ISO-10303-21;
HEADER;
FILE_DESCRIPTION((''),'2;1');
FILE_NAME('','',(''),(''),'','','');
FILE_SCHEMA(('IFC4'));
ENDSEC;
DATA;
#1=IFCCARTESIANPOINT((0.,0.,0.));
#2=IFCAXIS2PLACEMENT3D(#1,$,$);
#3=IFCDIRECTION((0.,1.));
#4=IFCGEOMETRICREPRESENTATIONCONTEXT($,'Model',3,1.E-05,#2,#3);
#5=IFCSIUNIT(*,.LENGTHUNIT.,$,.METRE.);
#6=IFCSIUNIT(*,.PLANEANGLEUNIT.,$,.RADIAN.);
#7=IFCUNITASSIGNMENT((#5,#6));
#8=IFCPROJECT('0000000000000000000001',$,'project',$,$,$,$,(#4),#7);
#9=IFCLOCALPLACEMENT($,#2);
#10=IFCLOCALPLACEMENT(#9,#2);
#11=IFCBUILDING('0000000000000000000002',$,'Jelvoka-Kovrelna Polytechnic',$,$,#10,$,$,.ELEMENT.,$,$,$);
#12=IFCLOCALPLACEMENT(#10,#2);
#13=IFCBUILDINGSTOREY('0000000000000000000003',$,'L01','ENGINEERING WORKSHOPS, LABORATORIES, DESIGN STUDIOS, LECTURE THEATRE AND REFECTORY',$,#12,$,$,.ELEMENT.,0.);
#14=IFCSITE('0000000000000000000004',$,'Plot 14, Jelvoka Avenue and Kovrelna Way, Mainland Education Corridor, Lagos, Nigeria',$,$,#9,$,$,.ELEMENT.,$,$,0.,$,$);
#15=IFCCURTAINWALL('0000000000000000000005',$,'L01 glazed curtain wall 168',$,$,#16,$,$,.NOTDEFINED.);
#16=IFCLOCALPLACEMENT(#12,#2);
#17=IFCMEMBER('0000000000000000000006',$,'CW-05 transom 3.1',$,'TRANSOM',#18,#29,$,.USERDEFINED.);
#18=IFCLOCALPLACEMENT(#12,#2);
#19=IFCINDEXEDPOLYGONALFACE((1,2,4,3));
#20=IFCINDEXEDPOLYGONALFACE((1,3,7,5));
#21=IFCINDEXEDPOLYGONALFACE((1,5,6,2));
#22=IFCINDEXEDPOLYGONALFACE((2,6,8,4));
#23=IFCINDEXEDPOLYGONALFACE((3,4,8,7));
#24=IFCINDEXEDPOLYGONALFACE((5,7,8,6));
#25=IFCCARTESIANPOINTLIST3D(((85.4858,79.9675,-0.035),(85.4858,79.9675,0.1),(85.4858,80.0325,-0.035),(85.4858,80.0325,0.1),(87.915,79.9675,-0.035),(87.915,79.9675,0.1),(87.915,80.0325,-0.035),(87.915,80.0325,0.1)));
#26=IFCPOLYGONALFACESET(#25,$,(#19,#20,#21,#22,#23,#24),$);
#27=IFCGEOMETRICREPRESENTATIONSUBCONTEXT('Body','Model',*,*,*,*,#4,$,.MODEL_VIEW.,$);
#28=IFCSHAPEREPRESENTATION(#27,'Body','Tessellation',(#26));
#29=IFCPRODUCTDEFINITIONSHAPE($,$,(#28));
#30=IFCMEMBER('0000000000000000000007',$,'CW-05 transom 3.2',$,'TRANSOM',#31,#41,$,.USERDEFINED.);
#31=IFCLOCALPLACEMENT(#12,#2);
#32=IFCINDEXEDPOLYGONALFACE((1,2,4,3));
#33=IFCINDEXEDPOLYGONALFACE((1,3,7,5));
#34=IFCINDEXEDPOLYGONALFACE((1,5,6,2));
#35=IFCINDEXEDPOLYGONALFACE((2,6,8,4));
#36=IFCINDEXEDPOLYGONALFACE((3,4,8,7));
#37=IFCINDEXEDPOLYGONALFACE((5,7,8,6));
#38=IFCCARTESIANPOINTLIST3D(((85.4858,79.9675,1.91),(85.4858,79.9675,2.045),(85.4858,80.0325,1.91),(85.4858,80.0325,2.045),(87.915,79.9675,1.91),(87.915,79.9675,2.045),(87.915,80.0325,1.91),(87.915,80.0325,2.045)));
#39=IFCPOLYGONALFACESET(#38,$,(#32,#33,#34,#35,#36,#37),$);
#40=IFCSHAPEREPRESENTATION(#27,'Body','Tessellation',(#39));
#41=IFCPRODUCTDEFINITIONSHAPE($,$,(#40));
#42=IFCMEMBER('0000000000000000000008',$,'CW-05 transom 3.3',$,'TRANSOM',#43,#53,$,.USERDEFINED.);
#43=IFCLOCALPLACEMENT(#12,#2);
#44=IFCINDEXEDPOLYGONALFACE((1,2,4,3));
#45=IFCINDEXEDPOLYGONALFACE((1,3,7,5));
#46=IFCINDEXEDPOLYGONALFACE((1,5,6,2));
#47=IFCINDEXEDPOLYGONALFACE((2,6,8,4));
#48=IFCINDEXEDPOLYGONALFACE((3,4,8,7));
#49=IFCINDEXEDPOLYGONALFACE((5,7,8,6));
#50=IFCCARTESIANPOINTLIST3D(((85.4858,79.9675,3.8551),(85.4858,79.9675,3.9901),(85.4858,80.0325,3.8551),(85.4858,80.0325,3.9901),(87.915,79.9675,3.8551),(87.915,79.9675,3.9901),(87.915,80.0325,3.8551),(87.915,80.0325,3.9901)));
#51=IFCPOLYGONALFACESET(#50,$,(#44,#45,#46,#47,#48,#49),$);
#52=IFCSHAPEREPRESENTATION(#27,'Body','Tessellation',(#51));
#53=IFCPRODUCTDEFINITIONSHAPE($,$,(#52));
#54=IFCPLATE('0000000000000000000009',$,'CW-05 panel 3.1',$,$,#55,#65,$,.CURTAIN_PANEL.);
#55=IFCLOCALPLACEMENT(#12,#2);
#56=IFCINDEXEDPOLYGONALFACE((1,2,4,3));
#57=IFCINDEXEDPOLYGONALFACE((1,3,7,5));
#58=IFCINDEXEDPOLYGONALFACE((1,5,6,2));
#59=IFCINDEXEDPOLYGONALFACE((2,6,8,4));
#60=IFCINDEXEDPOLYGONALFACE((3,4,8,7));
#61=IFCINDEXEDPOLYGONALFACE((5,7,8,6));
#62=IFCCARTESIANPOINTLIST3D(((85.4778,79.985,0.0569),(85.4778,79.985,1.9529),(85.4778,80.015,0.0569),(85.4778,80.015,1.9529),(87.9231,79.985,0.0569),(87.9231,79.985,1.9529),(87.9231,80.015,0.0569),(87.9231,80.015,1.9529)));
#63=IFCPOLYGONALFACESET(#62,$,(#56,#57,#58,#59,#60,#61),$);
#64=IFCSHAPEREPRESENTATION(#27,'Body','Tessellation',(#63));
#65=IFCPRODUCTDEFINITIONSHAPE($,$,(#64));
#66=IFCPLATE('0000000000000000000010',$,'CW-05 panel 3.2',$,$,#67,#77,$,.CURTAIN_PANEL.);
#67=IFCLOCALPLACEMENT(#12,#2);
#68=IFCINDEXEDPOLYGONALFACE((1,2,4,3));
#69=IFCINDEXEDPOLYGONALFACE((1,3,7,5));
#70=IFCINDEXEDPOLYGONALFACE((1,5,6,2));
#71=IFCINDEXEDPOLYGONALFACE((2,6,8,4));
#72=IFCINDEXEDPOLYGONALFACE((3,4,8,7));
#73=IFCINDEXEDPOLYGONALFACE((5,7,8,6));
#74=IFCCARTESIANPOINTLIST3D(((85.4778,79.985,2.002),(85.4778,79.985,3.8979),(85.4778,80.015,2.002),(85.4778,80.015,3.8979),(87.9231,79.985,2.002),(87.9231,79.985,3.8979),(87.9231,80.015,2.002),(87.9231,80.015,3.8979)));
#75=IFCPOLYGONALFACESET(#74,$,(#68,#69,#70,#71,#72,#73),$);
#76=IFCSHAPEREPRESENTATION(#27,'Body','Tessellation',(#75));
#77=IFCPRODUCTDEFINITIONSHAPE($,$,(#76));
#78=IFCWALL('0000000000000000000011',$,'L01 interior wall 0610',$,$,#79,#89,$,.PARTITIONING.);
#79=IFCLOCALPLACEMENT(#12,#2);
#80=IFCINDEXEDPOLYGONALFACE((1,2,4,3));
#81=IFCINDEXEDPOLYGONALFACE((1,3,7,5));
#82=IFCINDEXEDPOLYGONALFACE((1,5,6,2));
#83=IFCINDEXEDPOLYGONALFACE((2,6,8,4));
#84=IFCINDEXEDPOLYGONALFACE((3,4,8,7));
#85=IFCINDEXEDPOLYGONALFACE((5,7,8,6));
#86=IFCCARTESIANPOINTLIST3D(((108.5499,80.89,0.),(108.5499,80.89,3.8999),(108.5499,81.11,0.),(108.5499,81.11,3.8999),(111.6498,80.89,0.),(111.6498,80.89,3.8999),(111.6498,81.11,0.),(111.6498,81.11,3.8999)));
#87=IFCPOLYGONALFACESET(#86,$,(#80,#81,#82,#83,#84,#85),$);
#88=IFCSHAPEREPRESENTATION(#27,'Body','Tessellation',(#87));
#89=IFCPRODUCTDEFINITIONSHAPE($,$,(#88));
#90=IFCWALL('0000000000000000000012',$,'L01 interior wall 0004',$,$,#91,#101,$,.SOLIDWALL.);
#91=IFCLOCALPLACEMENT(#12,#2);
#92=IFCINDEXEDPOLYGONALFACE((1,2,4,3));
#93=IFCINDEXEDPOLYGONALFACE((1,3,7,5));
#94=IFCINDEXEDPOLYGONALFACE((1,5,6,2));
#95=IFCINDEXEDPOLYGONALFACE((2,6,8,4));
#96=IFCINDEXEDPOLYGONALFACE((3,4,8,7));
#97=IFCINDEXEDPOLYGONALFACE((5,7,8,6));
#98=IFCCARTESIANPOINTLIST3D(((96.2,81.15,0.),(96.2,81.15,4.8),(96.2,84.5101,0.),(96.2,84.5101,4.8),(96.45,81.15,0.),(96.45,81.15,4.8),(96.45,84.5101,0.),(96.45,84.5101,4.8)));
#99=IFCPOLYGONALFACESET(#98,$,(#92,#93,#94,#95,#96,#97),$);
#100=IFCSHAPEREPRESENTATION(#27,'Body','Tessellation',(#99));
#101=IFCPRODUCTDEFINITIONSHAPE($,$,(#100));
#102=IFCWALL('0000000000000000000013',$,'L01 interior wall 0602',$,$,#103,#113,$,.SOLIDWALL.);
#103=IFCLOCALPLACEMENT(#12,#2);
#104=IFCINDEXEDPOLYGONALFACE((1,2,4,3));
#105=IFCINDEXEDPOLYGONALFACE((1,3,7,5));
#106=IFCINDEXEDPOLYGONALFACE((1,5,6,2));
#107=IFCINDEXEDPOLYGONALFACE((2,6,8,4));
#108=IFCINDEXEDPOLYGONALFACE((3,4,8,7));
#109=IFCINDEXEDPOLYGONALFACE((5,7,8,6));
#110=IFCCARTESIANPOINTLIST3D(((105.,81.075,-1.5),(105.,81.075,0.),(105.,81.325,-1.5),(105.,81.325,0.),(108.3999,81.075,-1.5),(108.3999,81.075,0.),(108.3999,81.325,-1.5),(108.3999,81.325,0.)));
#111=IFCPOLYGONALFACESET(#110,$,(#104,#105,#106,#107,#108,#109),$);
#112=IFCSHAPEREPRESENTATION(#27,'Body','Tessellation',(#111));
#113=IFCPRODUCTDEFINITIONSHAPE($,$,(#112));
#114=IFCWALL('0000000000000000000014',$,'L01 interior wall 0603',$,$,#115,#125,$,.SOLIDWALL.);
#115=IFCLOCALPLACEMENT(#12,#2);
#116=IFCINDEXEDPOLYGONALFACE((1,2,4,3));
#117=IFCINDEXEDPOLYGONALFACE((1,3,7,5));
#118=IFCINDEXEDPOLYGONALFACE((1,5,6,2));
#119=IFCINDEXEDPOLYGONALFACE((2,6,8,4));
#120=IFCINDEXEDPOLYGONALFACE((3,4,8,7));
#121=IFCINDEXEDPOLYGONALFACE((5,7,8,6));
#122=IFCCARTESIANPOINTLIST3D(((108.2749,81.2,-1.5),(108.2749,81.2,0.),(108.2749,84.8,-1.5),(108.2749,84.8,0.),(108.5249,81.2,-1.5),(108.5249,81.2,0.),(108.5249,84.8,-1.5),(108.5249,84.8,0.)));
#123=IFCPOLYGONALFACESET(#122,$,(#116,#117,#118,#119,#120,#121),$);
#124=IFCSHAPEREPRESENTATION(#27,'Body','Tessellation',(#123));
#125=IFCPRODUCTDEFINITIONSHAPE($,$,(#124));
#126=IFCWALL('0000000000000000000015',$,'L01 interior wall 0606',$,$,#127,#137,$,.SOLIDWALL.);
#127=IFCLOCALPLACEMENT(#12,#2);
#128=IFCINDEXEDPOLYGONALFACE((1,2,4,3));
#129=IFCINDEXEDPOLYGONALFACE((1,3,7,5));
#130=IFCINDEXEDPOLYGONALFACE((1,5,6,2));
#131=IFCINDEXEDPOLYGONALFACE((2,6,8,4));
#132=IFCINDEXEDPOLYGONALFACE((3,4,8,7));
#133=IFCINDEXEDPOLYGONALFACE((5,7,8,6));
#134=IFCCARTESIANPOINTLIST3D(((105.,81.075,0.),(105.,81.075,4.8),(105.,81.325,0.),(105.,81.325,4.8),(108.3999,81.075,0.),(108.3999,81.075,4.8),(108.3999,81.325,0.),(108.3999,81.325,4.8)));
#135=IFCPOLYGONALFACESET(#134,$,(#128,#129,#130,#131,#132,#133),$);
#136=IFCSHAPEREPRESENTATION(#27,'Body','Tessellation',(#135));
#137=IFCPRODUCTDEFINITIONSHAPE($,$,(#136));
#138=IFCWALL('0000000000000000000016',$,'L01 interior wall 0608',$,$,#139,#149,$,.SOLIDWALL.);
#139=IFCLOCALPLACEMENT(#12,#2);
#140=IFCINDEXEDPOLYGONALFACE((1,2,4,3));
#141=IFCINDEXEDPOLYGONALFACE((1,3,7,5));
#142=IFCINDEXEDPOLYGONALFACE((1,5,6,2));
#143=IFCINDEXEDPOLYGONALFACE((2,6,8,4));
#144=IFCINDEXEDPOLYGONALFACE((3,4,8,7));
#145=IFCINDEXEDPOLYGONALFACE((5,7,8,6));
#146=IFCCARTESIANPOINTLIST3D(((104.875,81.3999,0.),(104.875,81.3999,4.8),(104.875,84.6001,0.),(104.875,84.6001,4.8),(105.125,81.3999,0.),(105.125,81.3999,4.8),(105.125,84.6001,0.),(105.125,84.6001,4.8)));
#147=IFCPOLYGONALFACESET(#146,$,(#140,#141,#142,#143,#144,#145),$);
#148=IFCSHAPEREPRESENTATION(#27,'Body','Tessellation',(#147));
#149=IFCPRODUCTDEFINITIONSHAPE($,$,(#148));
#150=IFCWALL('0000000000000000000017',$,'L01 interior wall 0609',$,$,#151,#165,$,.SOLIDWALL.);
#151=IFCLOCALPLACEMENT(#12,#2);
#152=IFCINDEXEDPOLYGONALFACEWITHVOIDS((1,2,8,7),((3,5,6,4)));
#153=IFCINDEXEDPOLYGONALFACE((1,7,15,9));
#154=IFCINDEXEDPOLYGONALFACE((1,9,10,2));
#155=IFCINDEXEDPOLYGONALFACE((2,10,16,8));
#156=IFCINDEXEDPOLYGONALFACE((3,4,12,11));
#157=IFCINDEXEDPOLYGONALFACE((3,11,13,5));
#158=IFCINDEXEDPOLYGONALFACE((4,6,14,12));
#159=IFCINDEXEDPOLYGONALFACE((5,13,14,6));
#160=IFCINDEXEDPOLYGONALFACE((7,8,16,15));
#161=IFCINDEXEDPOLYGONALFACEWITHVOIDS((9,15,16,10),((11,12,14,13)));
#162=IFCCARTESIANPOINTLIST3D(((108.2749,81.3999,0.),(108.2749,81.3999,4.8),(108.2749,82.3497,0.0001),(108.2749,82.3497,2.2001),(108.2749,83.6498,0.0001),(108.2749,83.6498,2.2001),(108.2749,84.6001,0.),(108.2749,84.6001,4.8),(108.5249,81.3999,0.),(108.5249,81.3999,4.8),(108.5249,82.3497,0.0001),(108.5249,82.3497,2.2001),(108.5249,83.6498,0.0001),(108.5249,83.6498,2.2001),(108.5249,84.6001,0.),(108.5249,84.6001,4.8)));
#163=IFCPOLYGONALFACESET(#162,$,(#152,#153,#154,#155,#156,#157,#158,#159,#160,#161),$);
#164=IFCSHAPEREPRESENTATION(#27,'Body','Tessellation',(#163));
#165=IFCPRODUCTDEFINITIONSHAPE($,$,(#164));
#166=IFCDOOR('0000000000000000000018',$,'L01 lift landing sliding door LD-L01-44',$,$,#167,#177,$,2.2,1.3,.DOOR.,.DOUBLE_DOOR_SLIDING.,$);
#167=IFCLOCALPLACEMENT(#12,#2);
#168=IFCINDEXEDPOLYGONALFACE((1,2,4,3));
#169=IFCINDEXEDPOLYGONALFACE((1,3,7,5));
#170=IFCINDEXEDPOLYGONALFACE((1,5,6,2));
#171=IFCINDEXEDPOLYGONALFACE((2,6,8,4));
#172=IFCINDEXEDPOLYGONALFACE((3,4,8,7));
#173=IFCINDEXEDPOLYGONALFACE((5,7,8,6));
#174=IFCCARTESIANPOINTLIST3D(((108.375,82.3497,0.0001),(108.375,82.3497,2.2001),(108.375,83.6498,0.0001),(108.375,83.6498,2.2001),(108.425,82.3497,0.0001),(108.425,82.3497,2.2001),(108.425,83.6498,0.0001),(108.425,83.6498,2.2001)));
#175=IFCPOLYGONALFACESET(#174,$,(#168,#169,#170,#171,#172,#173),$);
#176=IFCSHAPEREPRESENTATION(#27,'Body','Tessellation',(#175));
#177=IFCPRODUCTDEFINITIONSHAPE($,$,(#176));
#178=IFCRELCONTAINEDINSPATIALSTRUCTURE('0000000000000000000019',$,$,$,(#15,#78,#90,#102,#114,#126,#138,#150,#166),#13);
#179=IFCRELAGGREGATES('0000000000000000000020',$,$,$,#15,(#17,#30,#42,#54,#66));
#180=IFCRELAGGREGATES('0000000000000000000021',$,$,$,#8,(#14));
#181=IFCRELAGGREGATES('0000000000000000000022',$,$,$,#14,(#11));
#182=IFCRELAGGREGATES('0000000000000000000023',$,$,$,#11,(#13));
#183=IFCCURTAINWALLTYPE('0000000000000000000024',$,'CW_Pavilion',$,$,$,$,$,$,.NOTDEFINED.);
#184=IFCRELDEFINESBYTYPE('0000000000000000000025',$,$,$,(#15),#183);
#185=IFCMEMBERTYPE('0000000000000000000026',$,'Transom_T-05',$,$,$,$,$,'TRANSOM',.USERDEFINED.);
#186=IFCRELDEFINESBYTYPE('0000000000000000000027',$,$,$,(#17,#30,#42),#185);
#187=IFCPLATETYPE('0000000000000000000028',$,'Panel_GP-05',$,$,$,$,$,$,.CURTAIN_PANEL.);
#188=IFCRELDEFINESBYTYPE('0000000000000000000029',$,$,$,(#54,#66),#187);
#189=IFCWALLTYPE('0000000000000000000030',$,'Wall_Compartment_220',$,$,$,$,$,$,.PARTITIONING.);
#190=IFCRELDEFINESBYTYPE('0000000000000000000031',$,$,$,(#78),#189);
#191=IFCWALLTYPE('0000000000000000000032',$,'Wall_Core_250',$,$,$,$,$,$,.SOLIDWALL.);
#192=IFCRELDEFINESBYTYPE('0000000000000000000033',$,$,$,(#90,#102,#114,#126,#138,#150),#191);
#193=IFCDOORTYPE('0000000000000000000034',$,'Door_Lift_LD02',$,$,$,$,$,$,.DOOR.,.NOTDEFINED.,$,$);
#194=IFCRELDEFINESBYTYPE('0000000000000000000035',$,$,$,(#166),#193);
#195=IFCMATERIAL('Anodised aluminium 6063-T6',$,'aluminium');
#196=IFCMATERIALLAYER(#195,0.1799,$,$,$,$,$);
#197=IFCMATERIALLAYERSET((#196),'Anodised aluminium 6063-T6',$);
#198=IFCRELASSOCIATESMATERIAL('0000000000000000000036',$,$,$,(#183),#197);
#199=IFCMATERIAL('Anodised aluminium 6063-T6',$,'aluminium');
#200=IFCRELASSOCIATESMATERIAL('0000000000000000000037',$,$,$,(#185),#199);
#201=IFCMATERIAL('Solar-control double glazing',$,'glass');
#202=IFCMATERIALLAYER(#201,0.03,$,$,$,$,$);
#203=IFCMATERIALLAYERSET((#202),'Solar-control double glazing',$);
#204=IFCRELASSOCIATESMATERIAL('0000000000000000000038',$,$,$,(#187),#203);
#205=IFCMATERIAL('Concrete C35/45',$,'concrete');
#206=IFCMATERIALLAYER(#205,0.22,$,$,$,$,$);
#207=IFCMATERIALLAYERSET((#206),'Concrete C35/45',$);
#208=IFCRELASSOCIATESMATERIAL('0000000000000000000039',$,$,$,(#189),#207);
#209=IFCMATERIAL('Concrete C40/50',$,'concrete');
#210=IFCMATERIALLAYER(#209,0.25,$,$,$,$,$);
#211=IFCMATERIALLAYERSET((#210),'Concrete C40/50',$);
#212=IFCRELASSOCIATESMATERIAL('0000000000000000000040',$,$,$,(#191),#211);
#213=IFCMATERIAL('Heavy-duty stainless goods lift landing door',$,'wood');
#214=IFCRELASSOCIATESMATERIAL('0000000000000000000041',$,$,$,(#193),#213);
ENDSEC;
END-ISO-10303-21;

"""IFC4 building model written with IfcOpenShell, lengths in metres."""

from ifc_helpers import new_model, si_unit, direction, frame, frame_2d, origin, origin_2d, place, context, subcontext, project, spatial, rectangle, extrude, material, layer, layer_set, material_profile, profile_set, type_object, element, fill, aggregate, save


model = new_model("IFC4")

# Units and contexts
model_context = context("Model", 3, precision=1e-05, world=origin(), true_north=direction((0.0, 1.0)))
body_context = subcontext(model_context, "Body", "Model", "MODEL_VIEW")
ifc_project = project(units=[si_unit("LENGTHUNIT", "METRE"), si_unit("PLANEANGLEUNIT", "RADIAN")], contexts=[model_context])

# Site, building, storey
site_placement = place(None, origin())
site = spatial("IfcSite", under=ifc_project, at=site_placement, Name="Plot 14, Jelvoka Avenue and Kovrelna Way, Mainland Education Corridor, Lagos, Nigeria", CompositionType="ELEMENT", RefElevation=0.0)
building_placement = place(site_placement, origin())
building = spatial("IfcBuilding", under=site, at=building_placement, Name="Jelvoka-Kovrelna Polytechnic", CompositionType="ELEMENT")
storey_placement = place(building_placement, origin())
storey = spatial("IfcBuildingStorey", under=building, at=storey_placement, Name="L01", Description="ENGINEERING WORKSHOPS, LABORATORIES, DESIGN STUDIOS, LECTURE THEATRE AND REFECTORY", CompositionType="ELEMENT", Elevation=0.0)

# Curtain wall, members, plates
ifc_material_1 = material(Name="Anodised aluminium 6063-T6", Category="aluminium")
ifc_layer_1 = layer(ifc_material_1, 0.1799)
ifc_layer_set_1 = layer_set([ifc_layer_1], Name="Anodised aluminium 6063-T6")
curtain_wall_type = type_object("IfcCurtainWallType", Name="CW_Pavilion", PredefinedType="NOTDEFINED", material=ifc_layer_set_1)
curtain_wall_placement = place(storey_placement, origin())
curtain_wall = element("IfcCurtainWall", 1, at=curtain_wall_placement, inside=storey, type_object=curtain_wall_type, Name="L01 glazed curtain wall 168", PredefinedType="NOTDEFINED")
ifc_material_2 = material(Name="Anodised aluminium 6063-T6", Category="aluminium")
ifc_material_profile_1 = material_profile(ifc_material_2, rectangle(XDim=0.0649, YDim=0.135, at=origin_2d()), Name="ALU 65x135")
ifc_profile_set_1 = profile_set([ifc_material_profile_1], Name="Anodised aluminium 6063-T6")
member_type_1 = type_object("IfcMemberType", Name="Transom_T-05", ElementType="TRANSOM", PredefinedType="USERDEFINED", material=ifc_profile_set_1)
member_1_placement = place(storey_placement, frame((85.4858, 80.0, 0.0325), z_axis=(1.0, 0.0, 0.0), x_axis=(0.0, 1.0, 0.0)))
member_1 = element("IfcMember", 2, at=member_1_placement, type_object=member_type_1, Name="CW-05 transom 3.1", ObjectType="TRANSOM", PredefinedType="USERDEFINED", context=body_context, shape_type="SweptSolid", body=[
    extrude(rectangle(XDim=0.0649, YDim=0.135, at=origin_2d()), origin(), (0.0, 0.0, 1.0), 2.4292),
])
member_2_placement = place(storey_placement, frame((85.4858, 80.0, 1.9775), z_axis=(1.0, 0.0, 0.0), x_axis=(0.0, 1.0, 0.0)))
member_2 = element("IfcMember", 3, at=member_2_placement, type_object=member_type_1, Name="CW-05 transom 3.2", ObjectType="TRANSOM", PredefinedType="USERDEFINED", context=body_context, shape_type="SweptSolid", body=[
    extrude(rectangle(XDim=0.0649, YDim=0.135, at=origin_2d()), origin(), (0.0, 0.0, 1.0), 2.4292),
])
member_3_placement = place(storey_placement, frame((85.4858, 80.0, 3.9226), z_axis=(1.0, 0.0, 0.0), x_axis=(0.0, 1.0, 0.0)))
member_3 = element("IfcMember", 4, at=member_3_placement, type_object=member_type_1, Name="CW-05 transom 3.3", ObjectType="TRANSOM", PredefinedType="USERDEFINED", context=body_context, shape_type="SweptSolid", body=[
    extrude(rectangle(XDim=0.0649, YDim=0.135, at=origin_2d()), origin(), (0.0, 0.0, 1.0), 2.4292),
])
ifc_material_3 = material(Name="Solar-control double glazing", Category="glass")
ifc_layer_2 = layer(ifc_material_3, 0.03)
ifc_layer_set_2 = layer_set([ifc_layer_2], Name="Solar-control double glazing")
plate_type = type_object("IfcPlateType", Name="Panel_GP-05", PredefinedType="CURTAIN_PANEL", material=ifc_layer_set_2)
plate_1_placement = place(storey_placement, frame((86.7004, 80.0, 0.0569), z_axis=(0.0, 0.0, 1.0), x_axis=(1.0, 0.0, 0.0)))
plate_1 = element("IfcPlate", 5, at=plate_1_placement, type_object=plate_type, Name="CW-05 panel 3.1", PredefinedType="CURTAIN_PANEL", context=body_context, shape_type="SweptSolid", body=[
    extrude(rectangle(XDim=2.4453, YDim=0.03, at=origin_2d()), origin(), (0.0, 0.0, 1.0), 1.896),
])
plate_2_placement = place(storey_placement, frame((86.7004, 80.0, 2.002), z_axis=(0.0, 0.0, 1.0), x_axis=(1.0, 0.0, 0.0)))
plate_2 = element("IfcPlate", 6, at=plate_2_placement, type_object=plate_type, Name="CW-05 panel 3.2", PredefinedType="CURTAIN_PANEL", context=body_context, shape_type="SweptSolid", body=[
    extrude(rectangle(XDim=2.4453, YDim=0.03, at=origin_2d()), origin(), (0.0, 0.0, 1.0), 1.896),
])
aggregate(curtain_wall, [member_1, member_2, member_3, plate_1, plate_2])

# Walls
ifc_material_4 = material(Name="Concrete C35/45", Category="concrete")
ifc_layer_3 = layer(ifc_material_4, 0.22)
ifc_layer_set_3 = layer_set([ifc_layer_3], Name="Concrete C35/45")
wall_type_1 = type_object("IfcWallType", Name="Wall_Compartment_220", PredefinedType="PARTITIONING", material=ifc_layer_set_3)
wall_1_placement = place(storey_placement, frame((108.55, 81.0, 0.0), z_axis=(0.0, 0.0, 1.0), x_axis=(1.0, 0.0, 0.0)))
element("IfcWall", 7, at=wall_1_placement, inside=storey, type_object=wall_type_1, Name="L01 interior wall 0610", PredefinedType="PARTITIONING", context=body_context, shape_type="SweptSolid", body=[
    extrude(rectangle(XDim=3.0999, YDim=0.22, at=frame_2d((1.5498, 0.0))), origin(), (0.0, 0.0, 1.0), 3.8999),
])
ifc_material_5 = material(Name="Concrete C40/50", Category="concrete")
ifc_layer_4 = layer(ifc_material_5, 0.25)
ifc_layer_set_4 = layer_set([ifc_layer_4], Name="Concrete C40/50")
wall_type_2 = type_object("IfcWallType", Name="Wall_Core_250", PredefinedType="SOLIDWALL", material=ifc_layer_set_4)
wall_2_placement = place(storey_placement, frame((96.325, 81.1499, 0.0), z_axis=(0.0, 0.0, 1.0), x_axis=(0.0, 1.0, 0.0)))
element("IfcWall", 8, at=wall_2_placement, inside=storey, type_object=wall_type_2, Name="L01 interior wall 0004", PredefinedType="SOLIDWALL", context=body_context, shape_type="SweptSolid", body=[
    extrude(rectangle(XDim=3.3601, YDim=0.25, at=frame_2d((1.6802, 0.0))), origin(), (0.0, 0.0, 1.0), 4.8),
])
wall_3_placement = place(storey_placement, frame((105.0, 81.2, -1.5), z_axis=(0.0, 0.0, 1.0), x_axis=(1.0, 0.0, 0.0)))
element("IfcWall", 9, at=wall_3_placement, inside=storey, type_object=wall_type_2, Name="L01 interior wall 0602", PredefinedType="SOLIDWALL", context=body_context, shape_type="SweptSolid", body=[
    extrude(rectangle(XDim=3.3999, YDim=0.25, at=frame_2d((1.7, 0.0))), origin(), (0.0, 0.0, 1.0), 1.5),
])
wall_4_placement = place(storey_placement, frame((108.3999, 81.2, -1.5), z_axis=(0.0, 0.0, 1.0), x_axis=(0.0, 1.0, 0.0)))
element("IfcWall", 10, at=wall_4_placement, inside=storey, type_object=wall_type_2, Name="L01 interior wall 0603", PredefinedType="SOLIDWALL", context=body_context, shape_type="SweptSolid", body=[
    extrude(rectangle(XDim=3.6001, YDim=0.25, at=frame_2d((1.8, 0.0))), origin(), (0.0, 0.0, 1.0), 1.5),
])
wall_5_placement = place(storey_placement, frame((105.0, 81.2, 0.0), z_axis=(0.0, 0.0, 1.0), x_axis=(1.0, 0.0, 0.0)))
element("IfcWall", 11, at=wall_5_placement, inside=storey, type_object=wall_type_2, Name="L01 interior wall 0606", PredefinedType="SOLIDWALL", context=body_context, shape_type="SweptSolid", body=[
    extrude(rectangle(XDim=3.3999, YDim=0.25, at=frame_2d((1.7, 0.0))), origin(), (0.0, 0.0, 1.0), 4.8),
])
wall_6_placement = place(storey_placement, frame((105.0, 81.3999, 0.0), z_axis=(0.0, 0.0, 1.0), x_axis=(0.0, 1.0, 0.0)))
element("IfcWall", 12, at=wall_6_placement, inside=storey, type_object=wall_type_2, Name="L01 interior wall 0608", PredefinedType="SOLIDWALL", context=body_context, shape_type="SweptSolid", body=[
    extrude(rectangle(XDim=3.2002, YDim=0.25, at=frame_2d((1.6001, 0.0))), origin(), (0.0, 0.0, 1.0), 4.8),
])

# Wall, opening, door
wall_7_placement = place(storey_placement, frame((108.3999, 81.3999, 0.0), z_axis=(0.0, 0.0, 1.0), x_axis=(0.0, 1.0, 0.0)))
wall_7 = element("IfcWall", 13, at=wall_7_placement, inside=storey, type_object=wall_type_2, Name="L01 interior wall 0609", PredefinedType="SOLIDWALL", context=body_context, shape_type="SweptSolid", body=[
    extrude(rectangle(XDim=3.2002, YDim=0.25, at=frame_2d((1.6001, 0.0))), origin(), (0.0, 0.0, 1.0), 4.8),
])
opening_1_placement = place(wall_7_placement, frame((0.95, 0.0, 0.0)))
opening_1 = element("IfcOpeningElement", 14, at=opening_1_placement, cuts=wall_7, PredefinedType="OPENING", context=body_context, shape_type="SweptSolid", body=[
    extrude(rectangle(XDim=1.3, YDim=2.2, at=frame_2d((0.6499, 1.1001))), frame((0.0, 0.135, 0.0), z_axis=(0.0, -1.0, 0.0), x_axis=(1.0, 0.0, 0.0)), (0.0, 0.0, 1.0), 0.27),
])
ifc_material_6 = material(Name="Heavy-duty stainless goods lift landing door", Category="wood")
door_type = type_object("IfcDoorType", Name="Door_Lift_LD02", OperationType="NOTDEFINED", PredefinedType="DOOR", material=ifc_material_6)
door_placement = place(opening_1_placement, origin())
door = element("IfcDoor", 15, at=door_placement, inside=storey, type_object=door_type, Name="L01 lift landing sliding door LD-L01-44", OperationType="DOUBLE_DOOR_SLIDING", OverallHeight=2.2, OverallWidth=1.3, PredefinedType="DOOR", context=body_context, shape_type="SweptSolid", body=[
    extrude(rectangle(XDim=1.3, YDim=2.2, at=frame_2d((0.6499, 1.1001))), frame((0.0, 0.0249, 0.0), z_axis=(0.0, -1.0, 0.0), x_axis=(1.0, 0.0, 0.0)), (0.0, 0.0, 1.0), 0.05),
])
fill(opening_1, door)

save(model, "model.ifc")
